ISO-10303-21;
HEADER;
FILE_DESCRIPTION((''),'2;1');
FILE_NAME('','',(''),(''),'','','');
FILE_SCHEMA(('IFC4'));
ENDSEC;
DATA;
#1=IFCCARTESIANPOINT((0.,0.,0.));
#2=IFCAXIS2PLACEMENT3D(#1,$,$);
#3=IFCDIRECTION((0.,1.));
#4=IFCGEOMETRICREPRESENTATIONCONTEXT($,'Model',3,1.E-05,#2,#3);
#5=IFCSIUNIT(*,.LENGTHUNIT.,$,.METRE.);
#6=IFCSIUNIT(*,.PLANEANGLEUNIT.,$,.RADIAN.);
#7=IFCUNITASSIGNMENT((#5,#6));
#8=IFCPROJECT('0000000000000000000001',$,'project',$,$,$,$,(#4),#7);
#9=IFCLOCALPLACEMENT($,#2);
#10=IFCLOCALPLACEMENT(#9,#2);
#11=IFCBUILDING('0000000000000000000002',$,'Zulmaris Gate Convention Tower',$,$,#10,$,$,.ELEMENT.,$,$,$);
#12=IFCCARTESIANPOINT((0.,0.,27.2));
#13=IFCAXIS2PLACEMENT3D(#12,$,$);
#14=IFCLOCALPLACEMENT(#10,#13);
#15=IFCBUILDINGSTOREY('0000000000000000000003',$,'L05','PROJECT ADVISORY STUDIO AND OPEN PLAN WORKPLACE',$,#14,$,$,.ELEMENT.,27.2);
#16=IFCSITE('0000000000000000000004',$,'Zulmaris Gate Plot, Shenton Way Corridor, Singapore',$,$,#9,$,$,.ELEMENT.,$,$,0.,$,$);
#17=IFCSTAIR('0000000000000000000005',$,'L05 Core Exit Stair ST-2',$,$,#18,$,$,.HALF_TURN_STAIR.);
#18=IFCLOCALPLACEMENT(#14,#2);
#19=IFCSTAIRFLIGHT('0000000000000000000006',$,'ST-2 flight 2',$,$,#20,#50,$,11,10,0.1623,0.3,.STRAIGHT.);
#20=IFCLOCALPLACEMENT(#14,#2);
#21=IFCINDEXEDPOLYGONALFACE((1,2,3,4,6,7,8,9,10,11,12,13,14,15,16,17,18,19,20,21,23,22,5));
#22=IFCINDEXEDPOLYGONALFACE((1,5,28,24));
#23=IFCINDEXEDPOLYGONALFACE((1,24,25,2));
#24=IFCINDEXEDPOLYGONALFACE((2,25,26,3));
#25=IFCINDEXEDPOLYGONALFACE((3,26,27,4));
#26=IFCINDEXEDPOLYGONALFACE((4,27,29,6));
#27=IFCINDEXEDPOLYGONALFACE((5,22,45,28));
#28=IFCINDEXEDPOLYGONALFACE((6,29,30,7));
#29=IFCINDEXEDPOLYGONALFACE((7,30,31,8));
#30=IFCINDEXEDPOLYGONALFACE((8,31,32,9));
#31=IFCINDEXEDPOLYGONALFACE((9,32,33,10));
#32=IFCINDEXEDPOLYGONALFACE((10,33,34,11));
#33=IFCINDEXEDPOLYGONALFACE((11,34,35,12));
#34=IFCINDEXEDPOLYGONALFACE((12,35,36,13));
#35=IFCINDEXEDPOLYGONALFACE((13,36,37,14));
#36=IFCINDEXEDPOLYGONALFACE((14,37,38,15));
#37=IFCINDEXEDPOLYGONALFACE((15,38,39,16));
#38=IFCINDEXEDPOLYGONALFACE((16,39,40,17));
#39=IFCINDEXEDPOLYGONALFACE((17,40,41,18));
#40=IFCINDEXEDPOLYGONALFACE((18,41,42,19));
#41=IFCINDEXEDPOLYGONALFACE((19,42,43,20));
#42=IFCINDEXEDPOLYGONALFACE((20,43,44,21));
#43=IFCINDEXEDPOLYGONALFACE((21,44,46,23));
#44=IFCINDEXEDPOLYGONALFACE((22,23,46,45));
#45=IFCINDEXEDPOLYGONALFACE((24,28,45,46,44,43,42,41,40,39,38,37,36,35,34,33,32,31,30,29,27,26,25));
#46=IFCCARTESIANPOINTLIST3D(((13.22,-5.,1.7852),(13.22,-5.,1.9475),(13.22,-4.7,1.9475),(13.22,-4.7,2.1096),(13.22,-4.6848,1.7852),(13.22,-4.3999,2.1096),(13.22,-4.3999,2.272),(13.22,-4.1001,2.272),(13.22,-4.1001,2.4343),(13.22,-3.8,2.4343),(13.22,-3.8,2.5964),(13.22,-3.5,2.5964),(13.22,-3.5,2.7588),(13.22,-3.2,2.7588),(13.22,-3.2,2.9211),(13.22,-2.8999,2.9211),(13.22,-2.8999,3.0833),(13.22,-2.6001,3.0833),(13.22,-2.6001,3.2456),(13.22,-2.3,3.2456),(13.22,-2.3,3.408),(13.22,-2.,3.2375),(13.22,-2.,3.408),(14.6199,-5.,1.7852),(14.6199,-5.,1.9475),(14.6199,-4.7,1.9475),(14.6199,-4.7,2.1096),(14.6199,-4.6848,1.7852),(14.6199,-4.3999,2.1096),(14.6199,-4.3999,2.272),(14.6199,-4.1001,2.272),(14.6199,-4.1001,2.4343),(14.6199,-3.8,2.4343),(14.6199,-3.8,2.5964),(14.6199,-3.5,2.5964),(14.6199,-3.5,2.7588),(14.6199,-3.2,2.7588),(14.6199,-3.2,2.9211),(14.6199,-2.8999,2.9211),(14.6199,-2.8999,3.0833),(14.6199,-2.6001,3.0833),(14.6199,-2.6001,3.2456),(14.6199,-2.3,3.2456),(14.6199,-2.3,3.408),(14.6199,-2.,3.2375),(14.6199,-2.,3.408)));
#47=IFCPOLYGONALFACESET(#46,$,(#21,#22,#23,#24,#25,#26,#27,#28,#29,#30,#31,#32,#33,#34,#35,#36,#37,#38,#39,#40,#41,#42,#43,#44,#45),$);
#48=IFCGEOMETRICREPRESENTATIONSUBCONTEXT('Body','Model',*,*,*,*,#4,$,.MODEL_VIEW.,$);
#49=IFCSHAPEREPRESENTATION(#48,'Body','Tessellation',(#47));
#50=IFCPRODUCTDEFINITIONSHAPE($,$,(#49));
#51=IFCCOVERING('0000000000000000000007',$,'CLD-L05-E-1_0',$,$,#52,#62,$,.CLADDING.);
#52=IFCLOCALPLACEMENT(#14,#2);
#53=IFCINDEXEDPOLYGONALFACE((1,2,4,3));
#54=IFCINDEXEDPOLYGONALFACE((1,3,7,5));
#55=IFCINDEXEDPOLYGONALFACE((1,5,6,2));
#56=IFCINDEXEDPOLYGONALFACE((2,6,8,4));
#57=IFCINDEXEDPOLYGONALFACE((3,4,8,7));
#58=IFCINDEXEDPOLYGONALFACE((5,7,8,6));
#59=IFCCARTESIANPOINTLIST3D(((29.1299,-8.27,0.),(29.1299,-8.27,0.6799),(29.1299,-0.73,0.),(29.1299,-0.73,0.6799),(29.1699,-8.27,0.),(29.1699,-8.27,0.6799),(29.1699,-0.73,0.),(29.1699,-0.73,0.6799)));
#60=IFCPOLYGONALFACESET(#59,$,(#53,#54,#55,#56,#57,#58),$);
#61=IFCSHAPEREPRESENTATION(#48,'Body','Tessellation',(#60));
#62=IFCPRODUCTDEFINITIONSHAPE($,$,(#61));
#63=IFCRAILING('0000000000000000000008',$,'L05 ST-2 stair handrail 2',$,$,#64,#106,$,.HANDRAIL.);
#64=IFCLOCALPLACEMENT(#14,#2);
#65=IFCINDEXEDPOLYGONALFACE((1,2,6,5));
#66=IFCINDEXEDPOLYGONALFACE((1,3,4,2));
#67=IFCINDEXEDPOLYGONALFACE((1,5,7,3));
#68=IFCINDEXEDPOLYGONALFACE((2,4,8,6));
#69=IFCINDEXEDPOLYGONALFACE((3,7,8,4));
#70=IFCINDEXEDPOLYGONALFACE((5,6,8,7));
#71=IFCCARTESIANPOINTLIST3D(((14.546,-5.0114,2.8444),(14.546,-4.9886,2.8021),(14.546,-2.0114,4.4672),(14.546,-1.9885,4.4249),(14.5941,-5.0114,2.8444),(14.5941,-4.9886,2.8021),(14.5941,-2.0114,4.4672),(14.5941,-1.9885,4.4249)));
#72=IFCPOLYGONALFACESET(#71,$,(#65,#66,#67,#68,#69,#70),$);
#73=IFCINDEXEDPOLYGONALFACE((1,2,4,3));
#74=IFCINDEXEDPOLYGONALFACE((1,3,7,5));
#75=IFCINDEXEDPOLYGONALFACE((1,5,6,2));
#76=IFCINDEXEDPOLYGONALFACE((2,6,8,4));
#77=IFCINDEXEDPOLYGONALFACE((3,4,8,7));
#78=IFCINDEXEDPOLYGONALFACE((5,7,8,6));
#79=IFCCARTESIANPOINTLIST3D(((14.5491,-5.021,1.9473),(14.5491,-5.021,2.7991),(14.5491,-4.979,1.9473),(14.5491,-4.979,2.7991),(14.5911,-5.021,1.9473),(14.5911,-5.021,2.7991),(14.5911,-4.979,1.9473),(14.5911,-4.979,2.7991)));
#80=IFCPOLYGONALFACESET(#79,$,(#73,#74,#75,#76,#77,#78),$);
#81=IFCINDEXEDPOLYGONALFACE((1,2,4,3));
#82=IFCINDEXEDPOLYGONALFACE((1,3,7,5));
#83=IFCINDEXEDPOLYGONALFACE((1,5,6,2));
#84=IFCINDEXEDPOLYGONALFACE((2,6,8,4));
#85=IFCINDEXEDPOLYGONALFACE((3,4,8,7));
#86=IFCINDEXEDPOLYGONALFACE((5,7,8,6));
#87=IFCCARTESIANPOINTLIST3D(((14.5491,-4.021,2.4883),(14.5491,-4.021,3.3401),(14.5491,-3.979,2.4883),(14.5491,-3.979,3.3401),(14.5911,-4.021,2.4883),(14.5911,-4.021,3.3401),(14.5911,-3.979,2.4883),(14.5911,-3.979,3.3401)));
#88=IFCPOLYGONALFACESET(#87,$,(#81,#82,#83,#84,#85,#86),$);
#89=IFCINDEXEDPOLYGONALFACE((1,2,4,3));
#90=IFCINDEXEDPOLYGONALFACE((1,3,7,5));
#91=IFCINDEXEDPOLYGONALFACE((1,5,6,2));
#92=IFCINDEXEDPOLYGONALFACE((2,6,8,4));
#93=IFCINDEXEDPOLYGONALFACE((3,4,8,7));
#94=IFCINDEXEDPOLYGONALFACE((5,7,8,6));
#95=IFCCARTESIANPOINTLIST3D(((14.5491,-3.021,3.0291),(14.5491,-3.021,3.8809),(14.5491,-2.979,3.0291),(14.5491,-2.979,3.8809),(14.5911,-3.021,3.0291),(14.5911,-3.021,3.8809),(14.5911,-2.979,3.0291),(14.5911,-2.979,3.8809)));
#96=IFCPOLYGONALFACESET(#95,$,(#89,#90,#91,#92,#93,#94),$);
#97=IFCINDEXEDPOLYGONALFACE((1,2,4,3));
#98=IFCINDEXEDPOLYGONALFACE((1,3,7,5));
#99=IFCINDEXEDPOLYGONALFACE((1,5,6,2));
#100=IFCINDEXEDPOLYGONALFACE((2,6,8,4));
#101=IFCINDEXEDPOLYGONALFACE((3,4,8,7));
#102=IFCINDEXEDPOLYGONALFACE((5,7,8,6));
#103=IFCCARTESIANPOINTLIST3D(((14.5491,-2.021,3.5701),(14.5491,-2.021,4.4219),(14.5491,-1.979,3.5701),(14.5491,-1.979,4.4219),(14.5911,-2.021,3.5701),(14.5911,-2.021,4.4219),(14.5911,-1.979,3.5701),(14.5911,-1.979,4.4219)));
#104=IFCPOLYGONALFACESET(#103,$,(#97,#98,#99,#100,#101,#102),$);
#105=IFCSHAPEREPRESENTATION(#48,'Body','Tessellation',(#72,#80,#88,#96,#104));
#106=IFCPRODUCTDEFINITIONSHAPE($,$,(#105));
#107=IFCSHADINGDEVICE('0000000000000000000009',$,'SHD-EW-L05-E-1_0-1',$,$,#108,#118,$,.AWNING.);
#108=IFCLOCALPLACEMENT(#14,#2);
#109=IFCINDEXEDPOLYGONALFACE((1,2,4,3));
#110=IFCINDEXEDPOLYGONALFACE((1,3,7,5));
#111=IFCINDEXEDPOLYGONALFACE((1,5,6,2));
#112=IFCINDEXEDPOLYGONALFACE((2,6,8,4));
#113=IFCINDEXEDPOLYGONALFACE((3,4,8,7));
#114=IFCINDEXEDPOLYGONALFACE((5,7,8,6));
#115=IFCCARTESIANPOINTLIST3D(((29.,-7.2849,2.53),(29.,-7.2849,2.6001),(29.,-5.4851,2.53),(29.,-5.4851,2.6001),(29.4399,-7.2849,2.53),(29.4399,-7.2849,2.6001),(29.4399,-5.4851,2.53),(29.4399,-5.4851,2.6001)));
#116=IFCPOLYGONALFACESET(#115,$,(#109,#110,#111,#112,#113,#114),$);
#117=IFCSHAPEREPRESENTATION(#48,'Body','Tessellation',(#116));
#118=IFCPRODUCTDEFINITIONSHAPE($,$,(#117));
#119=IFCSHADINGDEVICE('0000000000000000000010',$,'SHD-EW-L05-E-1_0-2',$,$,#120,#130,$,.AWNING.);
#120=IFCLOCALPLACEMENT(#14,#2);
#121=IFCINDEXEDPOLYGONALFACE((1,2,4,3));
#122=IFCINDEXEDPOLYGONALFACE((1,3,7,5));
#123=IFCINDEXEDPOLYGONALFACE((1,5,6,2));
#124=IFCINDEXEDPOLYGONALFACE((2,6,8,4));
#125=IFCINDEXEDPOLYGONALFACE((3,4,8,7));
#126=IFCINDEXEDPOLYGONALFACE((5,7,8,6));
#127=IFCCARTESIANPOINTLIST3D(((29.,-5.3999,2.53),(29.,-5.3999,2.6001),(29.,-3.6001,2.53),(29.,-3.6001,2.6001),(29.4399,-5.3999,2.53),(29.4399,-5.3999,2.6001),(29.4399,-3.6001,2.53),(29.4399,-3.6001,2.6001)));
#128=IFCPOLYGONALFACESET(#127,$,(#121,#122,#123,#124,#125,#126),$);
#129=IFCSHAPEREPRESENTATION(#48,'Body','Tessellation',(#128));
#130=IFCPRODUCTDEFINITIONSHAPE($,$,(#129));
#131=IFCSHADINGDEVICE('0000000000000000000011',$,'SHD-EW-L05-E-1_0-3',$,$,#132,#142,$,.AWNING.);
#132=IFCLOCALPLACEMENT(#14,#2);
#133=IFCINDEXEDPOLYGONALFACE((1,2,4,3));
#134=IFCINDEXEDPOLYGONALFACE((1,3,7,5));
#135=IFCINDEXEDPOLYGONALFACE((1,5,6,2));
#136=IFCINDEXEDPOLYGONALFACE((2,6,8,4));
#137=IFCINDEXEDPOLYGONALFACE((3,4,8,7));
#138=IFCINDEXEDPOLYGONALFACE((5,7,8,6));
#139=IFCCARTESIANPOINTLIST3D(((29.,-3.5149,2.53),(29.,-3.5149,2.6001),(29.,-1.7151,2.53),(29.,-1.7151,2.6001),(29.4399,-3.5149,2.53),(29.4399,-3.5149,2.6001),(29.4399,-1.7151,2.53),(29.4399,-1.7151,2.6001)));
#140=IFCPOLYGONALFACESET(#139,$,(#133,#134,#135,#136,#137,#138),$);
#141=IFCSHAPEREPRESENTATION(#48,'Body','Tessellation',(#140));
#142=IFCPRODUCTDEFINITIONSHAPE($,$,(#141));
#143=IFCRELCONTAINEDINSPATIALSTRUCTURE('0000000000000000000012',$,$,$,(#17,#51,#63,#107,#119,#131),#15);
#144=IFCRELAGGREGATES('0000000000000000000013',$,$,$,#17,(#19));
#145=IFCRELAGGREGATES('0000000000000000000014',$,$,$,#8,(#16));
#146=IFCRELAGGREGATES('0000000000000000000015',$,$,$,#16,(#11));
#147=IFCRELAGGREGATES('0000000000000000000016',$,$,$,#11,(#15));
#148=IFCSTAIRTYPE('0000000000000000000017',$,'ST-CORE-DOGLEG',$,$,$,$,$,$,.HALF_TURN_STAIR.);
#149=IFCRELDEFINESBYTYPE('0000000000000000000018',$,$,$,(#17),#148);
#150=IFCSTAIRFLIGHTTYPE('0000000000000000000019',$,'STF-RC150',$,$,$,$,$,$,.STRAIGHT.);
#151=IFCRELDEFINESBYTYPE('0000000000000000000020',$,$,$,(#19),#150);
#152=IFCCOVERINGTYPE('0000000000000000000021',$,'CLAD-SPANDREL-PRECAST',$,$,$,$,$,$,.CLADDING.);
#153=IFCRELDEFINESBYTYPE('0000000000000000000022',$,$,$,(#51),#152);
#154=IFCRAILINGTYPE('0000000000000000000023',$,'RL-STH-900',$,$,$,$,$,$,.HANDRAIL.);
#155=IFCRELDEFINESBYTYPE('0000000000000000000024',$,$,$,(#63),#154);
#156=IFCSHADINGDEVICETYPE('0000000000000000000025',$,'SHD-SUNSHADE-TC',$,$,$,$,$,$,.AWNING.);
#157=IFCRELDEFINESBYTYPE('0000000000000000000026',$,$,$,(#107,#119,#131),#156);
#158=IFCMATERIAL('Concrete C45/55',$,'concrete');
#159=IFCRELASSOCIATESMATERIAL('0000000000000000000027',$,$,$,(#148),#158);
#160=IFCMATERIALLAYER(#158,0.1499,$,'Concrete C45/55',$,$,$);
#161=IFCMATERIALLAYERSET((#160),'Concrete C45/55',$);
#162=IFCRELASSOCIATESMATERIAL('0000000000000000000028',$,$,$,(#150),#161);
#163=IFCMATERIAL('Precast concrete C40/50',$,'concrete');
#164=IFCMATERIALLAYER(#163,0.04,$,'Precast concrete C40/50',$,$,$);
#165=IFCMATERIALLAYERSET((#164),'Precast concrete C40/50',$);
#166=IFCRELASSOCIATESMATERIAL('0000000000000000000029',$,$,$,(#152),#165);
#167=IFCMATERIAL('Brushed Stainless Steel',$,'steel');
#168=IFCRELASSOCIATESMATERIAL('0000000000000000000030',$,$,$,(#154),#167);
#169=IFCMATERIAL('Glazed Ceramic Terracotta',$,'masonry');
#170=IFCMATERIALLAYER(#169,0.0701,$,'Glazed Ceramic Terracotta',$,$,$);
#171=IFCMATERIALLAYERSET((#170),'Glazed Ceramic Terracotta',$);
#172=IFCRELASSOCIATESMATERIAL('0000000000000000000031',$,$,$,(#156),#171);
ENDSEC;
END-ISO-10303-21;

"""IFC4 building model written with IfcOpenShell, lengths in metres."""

from ifc_helpers import new_model, si_unit, direction, frame, frame_2d, origin, origin_2d, place, context, subcontext, project, spatial, polyline, rectangle, outline, extrude, material, layer, layer_set, type_object, element, aggregate, save


model = new_model("IFC4")

# Units and contexts
model_context = context("Model", 3, precision=1e-05, world=origin(), true_north=direction((0.0, 1.0)))
body_context = subcontext(model_context, "Body", "Model", "MODEL_VIEW")
ifc_project = project(units=[si_unit("LENGTHUNIT", "METRE"), si_unit("PLANEANGLEUNIT", "RADIAN")], contexts=[model_context])

# Site, building, storey
site_placement = place(None, origin())
site = spatial("IfcSite", under=ifc_project, at=site_placement, Name="Zulmaris Gate Plot, Shenton Way Corridor, Singapore", CompositionType="ELEMENT", RefElevation=0.0)
building_placement = place(site_placement, origin())
building = spatial("IfcBuilding", under=site, at=building_placement, Name="Zulmaris Gate Convention Tower", CompositionType="ELEMENT")
storey_placement = place(building_placement, frame((0.0, 0.0, 27.2)))
storey = spatial("IfcBuildingStorey", under=building, at=storey_placement, Name="L05", Description="PROJECT ADVISORY STUDIO AND OPEN PLAN WORKPLACE", CompositionType="ELEMENT", Elevation=27.2)

# Shared definitions
ifc_material_1 = material(Name="Precast concrete C40/50", Category="concrete")

# Stair, stair flight
ifc_material_2 = material(Name="Concrete C45/55", Category="concrete")
stair_type = type_object("IfcStairType", Name="ST-CORE-DOGLEG", PredefinedType="HALF_TURN_STAIR", material=ifc_material_2)
stair_placement = place(storey_placement, origin())
stair = element("IfcStair", 1, at=stair_placement, inside=storey, type_object=stair_type, Name="L05 Core Exit Stair ST-2", PredefinedType="HALF_TURN_STAIR")
ifc_layer_1 = layer(ifc_material_2, 0.1499, Name="Concrete C45/55")
ifc_layer_set_1 = layer_set([ifc_layer_1], Name="Concrete C45/55")
stair_flight_type = type_object("IfcStairFlightType", Name="STF-RC150", PredefinedType="STRAIGHT", material=ifc_layer_set_1)
stair_flight_placement = place(storey_placement, frame((13.9199, -5.0, 1.7852), z_axis=(0.0, 0.0, 1.0), x_axis=(0.0, 1.0, 0.0)))
stair_flight = element("IfcStairFlight", 2, at=stair_flight_placement, type_object=stair_flight_type, Name="ST-2 flight 2", NumberOfRisers=11, NumberOfTreads=10, PredefinedType="STRAIGHT", RiserHeight=0.1623, TreadLength=0.3, context=body_context, shape_type="SweptSolid", body=[
    extrude(outline(polyline([(0.0, 0.0), (0.0, 0.1624), (0.3, 0.1624), (0.3, 0.3245), (0.6001, 0.3245), (0.6001, 0.4868), (0.8999, 0.4868), (0.8999, 0.6492), (1.2, 0.6492), (1.2, 0.8113), (1.5, 0.8113), (1.5, 0.9736), (1.8, 0.9736), (1.8, 1.136), (2.1001, 1.136), (2.1001, 1.2981), (2.3999, 1.2981), (2.3999, 1.4604), (2.7, 1.4604), (2.7, 1.6228), (3.0, 1.6228), (3.0, 1.7849), (3.0, 1.4524), (0.3152, 0.0), (0.0, 0.0)])), frame((0.0, 0.7, 0.0), z_axis=(0.0, -1.0, 0.0), x_axis=(1.0, 0.0, 0.0)), (0.0, 0.0, 1.0), 1.3999),
])
aggregate(stair, [stair_flight])

# Covering
ifc_layer_2 = layer(ifc_material_1, 0.04, Name="Precast concrete C40/50")
ifc_layer_set_2 = layer_set([ifc_layer_2], Name="Precast concrete C40/50")
covering_type = type_object("IfcCoveringType", Name="CLAD-SPANDREL-PRECAST", PredefinedType="CLADDING", material=ifc_layer_set_2)
covering_placement = place(storey_placement, frame((29.1499, -8.27, 0.0), z_axis=(0.0, 0.0, 1.0), x_axis=(0.0, 1.0, 0.0)))
element("IfcCovering", 3, at=covering_placement, inside=storey, type_object=covering_type, Name="CLD-L05-E-1_0", PredefinedType="CLADDING", context=body_context, shape_type="SweptSolid", body=[
    extrude(rectangle(XDim=7.54, YDim=0.04, at=frame_2d((3.77, 0.0))), origin(), (0.0, 0.0, 1.0), 0.6799),
])

# Railing
ifc_material_3 = material(Name="Brushed Stainless Steel", Category="steel")
railing_type = type_object("IfcRailingType", Name="RL-STH-900", PredefinedType="HANDRAIL", material=ifc_material_3)
railing_placement = place(storey_placement, frame((14.5701, -5.0, 1.9473)))
element("IfcRailing", 4, at=railing_placement, inside=storey, type_object=railing_type, Name="L05 ST-2 stair handrail 2", PredefinedType="HANDRAIL", context=body_context, shape_type="SweptSolid", body=[
    extrude(rectangle(XDim=0.0481, YDim=0.0481, at=origin_2d()), frame((0.0, 0.0, 0.876), z_axis=(0.0, 0.879562, 0.475785), x_axis=(-1.0, 0.0, 0.0)), (0.0, 0.0, 1.0), 3.4109),
    extrude(rectangle(XDim=0.042, YDim=0.042, at=origin_2d()), origin(), (0.0, 0.0, 1.0), 0.8518),
    extrude(rectangle(XDim=0.042, YDim=0.042, at=origin_2d()), frame((0.0, 1.0, 0.541)), (0.0, 0.0, 1.0), 0.8518),
    extrude(rectangle(XDim=0.042, YDim=0.042, at=origin_2d()), frame((0.0, 2.0, 1.0818)), (0.0, 0.0, 1.0), 0.8518),
    extrude(rectangle(XDim=0.042, YDim=0.042, at=origin_2d()), frame((0.0, 3.0, 1.6228)), (0.0, 0.0, 1.0), 0.8518),
])

# Shading devices
ifc_material_4 = material(Name="Glazed Ceramic Terracotta", Category="masonry")
ifc_layer_3 = layer(ifc_material_4, 0.0701, Name="Glazed Ceramic Terracotta")
ifc_layer_set_3 = layer_set([ifc_layer_3], Name="Glazed Ceramic Terracotta")
shading_device_type = type_object("IfcShadingDeviceType", Name="SHD-SUNSHADE-TC", PredefinedType="AWNING", material=ifc_layer_set_3)
for number, where, z_axis, x_axis, name in (
    (5, (29.22, -7.2849, 2.53), (0.0, 0.0, 1.0), (0.0, 1.0, 0.0), "SHD-EW-L05-E-1_0-1"),
    (6, (29.22, -5.3999, 2.53), (0.0, 0.0, 1.0), (0.0, 1.0, 0.0), "SHD-EW-L05-E-1_0-2"),
    (7, (29.22, -3.5149, 2.53), (0.0, 0.0, 1.0), (0.0, 1.0, 0.0), "SHD-EW-L05-E-1_0-3"),
):
    element("IfcShadingDevice", number, at=place(storey_placement, frame(where, z_axis=z_axis, x_axis=x_axis)), inside=storey, type_object=shading_device_type, Name=name, PredefinedType="AWNING", context=body_context, shape_type="SweptSolid", body=[
        extrude(rectangle(XDim=1.7998, YDim=0.4399, at=frame_2d((0.8999, 0.0))), origin(), (0.0, 0.0, 1.0), 0.0701),
    ])

save(model, "model.ifc")
